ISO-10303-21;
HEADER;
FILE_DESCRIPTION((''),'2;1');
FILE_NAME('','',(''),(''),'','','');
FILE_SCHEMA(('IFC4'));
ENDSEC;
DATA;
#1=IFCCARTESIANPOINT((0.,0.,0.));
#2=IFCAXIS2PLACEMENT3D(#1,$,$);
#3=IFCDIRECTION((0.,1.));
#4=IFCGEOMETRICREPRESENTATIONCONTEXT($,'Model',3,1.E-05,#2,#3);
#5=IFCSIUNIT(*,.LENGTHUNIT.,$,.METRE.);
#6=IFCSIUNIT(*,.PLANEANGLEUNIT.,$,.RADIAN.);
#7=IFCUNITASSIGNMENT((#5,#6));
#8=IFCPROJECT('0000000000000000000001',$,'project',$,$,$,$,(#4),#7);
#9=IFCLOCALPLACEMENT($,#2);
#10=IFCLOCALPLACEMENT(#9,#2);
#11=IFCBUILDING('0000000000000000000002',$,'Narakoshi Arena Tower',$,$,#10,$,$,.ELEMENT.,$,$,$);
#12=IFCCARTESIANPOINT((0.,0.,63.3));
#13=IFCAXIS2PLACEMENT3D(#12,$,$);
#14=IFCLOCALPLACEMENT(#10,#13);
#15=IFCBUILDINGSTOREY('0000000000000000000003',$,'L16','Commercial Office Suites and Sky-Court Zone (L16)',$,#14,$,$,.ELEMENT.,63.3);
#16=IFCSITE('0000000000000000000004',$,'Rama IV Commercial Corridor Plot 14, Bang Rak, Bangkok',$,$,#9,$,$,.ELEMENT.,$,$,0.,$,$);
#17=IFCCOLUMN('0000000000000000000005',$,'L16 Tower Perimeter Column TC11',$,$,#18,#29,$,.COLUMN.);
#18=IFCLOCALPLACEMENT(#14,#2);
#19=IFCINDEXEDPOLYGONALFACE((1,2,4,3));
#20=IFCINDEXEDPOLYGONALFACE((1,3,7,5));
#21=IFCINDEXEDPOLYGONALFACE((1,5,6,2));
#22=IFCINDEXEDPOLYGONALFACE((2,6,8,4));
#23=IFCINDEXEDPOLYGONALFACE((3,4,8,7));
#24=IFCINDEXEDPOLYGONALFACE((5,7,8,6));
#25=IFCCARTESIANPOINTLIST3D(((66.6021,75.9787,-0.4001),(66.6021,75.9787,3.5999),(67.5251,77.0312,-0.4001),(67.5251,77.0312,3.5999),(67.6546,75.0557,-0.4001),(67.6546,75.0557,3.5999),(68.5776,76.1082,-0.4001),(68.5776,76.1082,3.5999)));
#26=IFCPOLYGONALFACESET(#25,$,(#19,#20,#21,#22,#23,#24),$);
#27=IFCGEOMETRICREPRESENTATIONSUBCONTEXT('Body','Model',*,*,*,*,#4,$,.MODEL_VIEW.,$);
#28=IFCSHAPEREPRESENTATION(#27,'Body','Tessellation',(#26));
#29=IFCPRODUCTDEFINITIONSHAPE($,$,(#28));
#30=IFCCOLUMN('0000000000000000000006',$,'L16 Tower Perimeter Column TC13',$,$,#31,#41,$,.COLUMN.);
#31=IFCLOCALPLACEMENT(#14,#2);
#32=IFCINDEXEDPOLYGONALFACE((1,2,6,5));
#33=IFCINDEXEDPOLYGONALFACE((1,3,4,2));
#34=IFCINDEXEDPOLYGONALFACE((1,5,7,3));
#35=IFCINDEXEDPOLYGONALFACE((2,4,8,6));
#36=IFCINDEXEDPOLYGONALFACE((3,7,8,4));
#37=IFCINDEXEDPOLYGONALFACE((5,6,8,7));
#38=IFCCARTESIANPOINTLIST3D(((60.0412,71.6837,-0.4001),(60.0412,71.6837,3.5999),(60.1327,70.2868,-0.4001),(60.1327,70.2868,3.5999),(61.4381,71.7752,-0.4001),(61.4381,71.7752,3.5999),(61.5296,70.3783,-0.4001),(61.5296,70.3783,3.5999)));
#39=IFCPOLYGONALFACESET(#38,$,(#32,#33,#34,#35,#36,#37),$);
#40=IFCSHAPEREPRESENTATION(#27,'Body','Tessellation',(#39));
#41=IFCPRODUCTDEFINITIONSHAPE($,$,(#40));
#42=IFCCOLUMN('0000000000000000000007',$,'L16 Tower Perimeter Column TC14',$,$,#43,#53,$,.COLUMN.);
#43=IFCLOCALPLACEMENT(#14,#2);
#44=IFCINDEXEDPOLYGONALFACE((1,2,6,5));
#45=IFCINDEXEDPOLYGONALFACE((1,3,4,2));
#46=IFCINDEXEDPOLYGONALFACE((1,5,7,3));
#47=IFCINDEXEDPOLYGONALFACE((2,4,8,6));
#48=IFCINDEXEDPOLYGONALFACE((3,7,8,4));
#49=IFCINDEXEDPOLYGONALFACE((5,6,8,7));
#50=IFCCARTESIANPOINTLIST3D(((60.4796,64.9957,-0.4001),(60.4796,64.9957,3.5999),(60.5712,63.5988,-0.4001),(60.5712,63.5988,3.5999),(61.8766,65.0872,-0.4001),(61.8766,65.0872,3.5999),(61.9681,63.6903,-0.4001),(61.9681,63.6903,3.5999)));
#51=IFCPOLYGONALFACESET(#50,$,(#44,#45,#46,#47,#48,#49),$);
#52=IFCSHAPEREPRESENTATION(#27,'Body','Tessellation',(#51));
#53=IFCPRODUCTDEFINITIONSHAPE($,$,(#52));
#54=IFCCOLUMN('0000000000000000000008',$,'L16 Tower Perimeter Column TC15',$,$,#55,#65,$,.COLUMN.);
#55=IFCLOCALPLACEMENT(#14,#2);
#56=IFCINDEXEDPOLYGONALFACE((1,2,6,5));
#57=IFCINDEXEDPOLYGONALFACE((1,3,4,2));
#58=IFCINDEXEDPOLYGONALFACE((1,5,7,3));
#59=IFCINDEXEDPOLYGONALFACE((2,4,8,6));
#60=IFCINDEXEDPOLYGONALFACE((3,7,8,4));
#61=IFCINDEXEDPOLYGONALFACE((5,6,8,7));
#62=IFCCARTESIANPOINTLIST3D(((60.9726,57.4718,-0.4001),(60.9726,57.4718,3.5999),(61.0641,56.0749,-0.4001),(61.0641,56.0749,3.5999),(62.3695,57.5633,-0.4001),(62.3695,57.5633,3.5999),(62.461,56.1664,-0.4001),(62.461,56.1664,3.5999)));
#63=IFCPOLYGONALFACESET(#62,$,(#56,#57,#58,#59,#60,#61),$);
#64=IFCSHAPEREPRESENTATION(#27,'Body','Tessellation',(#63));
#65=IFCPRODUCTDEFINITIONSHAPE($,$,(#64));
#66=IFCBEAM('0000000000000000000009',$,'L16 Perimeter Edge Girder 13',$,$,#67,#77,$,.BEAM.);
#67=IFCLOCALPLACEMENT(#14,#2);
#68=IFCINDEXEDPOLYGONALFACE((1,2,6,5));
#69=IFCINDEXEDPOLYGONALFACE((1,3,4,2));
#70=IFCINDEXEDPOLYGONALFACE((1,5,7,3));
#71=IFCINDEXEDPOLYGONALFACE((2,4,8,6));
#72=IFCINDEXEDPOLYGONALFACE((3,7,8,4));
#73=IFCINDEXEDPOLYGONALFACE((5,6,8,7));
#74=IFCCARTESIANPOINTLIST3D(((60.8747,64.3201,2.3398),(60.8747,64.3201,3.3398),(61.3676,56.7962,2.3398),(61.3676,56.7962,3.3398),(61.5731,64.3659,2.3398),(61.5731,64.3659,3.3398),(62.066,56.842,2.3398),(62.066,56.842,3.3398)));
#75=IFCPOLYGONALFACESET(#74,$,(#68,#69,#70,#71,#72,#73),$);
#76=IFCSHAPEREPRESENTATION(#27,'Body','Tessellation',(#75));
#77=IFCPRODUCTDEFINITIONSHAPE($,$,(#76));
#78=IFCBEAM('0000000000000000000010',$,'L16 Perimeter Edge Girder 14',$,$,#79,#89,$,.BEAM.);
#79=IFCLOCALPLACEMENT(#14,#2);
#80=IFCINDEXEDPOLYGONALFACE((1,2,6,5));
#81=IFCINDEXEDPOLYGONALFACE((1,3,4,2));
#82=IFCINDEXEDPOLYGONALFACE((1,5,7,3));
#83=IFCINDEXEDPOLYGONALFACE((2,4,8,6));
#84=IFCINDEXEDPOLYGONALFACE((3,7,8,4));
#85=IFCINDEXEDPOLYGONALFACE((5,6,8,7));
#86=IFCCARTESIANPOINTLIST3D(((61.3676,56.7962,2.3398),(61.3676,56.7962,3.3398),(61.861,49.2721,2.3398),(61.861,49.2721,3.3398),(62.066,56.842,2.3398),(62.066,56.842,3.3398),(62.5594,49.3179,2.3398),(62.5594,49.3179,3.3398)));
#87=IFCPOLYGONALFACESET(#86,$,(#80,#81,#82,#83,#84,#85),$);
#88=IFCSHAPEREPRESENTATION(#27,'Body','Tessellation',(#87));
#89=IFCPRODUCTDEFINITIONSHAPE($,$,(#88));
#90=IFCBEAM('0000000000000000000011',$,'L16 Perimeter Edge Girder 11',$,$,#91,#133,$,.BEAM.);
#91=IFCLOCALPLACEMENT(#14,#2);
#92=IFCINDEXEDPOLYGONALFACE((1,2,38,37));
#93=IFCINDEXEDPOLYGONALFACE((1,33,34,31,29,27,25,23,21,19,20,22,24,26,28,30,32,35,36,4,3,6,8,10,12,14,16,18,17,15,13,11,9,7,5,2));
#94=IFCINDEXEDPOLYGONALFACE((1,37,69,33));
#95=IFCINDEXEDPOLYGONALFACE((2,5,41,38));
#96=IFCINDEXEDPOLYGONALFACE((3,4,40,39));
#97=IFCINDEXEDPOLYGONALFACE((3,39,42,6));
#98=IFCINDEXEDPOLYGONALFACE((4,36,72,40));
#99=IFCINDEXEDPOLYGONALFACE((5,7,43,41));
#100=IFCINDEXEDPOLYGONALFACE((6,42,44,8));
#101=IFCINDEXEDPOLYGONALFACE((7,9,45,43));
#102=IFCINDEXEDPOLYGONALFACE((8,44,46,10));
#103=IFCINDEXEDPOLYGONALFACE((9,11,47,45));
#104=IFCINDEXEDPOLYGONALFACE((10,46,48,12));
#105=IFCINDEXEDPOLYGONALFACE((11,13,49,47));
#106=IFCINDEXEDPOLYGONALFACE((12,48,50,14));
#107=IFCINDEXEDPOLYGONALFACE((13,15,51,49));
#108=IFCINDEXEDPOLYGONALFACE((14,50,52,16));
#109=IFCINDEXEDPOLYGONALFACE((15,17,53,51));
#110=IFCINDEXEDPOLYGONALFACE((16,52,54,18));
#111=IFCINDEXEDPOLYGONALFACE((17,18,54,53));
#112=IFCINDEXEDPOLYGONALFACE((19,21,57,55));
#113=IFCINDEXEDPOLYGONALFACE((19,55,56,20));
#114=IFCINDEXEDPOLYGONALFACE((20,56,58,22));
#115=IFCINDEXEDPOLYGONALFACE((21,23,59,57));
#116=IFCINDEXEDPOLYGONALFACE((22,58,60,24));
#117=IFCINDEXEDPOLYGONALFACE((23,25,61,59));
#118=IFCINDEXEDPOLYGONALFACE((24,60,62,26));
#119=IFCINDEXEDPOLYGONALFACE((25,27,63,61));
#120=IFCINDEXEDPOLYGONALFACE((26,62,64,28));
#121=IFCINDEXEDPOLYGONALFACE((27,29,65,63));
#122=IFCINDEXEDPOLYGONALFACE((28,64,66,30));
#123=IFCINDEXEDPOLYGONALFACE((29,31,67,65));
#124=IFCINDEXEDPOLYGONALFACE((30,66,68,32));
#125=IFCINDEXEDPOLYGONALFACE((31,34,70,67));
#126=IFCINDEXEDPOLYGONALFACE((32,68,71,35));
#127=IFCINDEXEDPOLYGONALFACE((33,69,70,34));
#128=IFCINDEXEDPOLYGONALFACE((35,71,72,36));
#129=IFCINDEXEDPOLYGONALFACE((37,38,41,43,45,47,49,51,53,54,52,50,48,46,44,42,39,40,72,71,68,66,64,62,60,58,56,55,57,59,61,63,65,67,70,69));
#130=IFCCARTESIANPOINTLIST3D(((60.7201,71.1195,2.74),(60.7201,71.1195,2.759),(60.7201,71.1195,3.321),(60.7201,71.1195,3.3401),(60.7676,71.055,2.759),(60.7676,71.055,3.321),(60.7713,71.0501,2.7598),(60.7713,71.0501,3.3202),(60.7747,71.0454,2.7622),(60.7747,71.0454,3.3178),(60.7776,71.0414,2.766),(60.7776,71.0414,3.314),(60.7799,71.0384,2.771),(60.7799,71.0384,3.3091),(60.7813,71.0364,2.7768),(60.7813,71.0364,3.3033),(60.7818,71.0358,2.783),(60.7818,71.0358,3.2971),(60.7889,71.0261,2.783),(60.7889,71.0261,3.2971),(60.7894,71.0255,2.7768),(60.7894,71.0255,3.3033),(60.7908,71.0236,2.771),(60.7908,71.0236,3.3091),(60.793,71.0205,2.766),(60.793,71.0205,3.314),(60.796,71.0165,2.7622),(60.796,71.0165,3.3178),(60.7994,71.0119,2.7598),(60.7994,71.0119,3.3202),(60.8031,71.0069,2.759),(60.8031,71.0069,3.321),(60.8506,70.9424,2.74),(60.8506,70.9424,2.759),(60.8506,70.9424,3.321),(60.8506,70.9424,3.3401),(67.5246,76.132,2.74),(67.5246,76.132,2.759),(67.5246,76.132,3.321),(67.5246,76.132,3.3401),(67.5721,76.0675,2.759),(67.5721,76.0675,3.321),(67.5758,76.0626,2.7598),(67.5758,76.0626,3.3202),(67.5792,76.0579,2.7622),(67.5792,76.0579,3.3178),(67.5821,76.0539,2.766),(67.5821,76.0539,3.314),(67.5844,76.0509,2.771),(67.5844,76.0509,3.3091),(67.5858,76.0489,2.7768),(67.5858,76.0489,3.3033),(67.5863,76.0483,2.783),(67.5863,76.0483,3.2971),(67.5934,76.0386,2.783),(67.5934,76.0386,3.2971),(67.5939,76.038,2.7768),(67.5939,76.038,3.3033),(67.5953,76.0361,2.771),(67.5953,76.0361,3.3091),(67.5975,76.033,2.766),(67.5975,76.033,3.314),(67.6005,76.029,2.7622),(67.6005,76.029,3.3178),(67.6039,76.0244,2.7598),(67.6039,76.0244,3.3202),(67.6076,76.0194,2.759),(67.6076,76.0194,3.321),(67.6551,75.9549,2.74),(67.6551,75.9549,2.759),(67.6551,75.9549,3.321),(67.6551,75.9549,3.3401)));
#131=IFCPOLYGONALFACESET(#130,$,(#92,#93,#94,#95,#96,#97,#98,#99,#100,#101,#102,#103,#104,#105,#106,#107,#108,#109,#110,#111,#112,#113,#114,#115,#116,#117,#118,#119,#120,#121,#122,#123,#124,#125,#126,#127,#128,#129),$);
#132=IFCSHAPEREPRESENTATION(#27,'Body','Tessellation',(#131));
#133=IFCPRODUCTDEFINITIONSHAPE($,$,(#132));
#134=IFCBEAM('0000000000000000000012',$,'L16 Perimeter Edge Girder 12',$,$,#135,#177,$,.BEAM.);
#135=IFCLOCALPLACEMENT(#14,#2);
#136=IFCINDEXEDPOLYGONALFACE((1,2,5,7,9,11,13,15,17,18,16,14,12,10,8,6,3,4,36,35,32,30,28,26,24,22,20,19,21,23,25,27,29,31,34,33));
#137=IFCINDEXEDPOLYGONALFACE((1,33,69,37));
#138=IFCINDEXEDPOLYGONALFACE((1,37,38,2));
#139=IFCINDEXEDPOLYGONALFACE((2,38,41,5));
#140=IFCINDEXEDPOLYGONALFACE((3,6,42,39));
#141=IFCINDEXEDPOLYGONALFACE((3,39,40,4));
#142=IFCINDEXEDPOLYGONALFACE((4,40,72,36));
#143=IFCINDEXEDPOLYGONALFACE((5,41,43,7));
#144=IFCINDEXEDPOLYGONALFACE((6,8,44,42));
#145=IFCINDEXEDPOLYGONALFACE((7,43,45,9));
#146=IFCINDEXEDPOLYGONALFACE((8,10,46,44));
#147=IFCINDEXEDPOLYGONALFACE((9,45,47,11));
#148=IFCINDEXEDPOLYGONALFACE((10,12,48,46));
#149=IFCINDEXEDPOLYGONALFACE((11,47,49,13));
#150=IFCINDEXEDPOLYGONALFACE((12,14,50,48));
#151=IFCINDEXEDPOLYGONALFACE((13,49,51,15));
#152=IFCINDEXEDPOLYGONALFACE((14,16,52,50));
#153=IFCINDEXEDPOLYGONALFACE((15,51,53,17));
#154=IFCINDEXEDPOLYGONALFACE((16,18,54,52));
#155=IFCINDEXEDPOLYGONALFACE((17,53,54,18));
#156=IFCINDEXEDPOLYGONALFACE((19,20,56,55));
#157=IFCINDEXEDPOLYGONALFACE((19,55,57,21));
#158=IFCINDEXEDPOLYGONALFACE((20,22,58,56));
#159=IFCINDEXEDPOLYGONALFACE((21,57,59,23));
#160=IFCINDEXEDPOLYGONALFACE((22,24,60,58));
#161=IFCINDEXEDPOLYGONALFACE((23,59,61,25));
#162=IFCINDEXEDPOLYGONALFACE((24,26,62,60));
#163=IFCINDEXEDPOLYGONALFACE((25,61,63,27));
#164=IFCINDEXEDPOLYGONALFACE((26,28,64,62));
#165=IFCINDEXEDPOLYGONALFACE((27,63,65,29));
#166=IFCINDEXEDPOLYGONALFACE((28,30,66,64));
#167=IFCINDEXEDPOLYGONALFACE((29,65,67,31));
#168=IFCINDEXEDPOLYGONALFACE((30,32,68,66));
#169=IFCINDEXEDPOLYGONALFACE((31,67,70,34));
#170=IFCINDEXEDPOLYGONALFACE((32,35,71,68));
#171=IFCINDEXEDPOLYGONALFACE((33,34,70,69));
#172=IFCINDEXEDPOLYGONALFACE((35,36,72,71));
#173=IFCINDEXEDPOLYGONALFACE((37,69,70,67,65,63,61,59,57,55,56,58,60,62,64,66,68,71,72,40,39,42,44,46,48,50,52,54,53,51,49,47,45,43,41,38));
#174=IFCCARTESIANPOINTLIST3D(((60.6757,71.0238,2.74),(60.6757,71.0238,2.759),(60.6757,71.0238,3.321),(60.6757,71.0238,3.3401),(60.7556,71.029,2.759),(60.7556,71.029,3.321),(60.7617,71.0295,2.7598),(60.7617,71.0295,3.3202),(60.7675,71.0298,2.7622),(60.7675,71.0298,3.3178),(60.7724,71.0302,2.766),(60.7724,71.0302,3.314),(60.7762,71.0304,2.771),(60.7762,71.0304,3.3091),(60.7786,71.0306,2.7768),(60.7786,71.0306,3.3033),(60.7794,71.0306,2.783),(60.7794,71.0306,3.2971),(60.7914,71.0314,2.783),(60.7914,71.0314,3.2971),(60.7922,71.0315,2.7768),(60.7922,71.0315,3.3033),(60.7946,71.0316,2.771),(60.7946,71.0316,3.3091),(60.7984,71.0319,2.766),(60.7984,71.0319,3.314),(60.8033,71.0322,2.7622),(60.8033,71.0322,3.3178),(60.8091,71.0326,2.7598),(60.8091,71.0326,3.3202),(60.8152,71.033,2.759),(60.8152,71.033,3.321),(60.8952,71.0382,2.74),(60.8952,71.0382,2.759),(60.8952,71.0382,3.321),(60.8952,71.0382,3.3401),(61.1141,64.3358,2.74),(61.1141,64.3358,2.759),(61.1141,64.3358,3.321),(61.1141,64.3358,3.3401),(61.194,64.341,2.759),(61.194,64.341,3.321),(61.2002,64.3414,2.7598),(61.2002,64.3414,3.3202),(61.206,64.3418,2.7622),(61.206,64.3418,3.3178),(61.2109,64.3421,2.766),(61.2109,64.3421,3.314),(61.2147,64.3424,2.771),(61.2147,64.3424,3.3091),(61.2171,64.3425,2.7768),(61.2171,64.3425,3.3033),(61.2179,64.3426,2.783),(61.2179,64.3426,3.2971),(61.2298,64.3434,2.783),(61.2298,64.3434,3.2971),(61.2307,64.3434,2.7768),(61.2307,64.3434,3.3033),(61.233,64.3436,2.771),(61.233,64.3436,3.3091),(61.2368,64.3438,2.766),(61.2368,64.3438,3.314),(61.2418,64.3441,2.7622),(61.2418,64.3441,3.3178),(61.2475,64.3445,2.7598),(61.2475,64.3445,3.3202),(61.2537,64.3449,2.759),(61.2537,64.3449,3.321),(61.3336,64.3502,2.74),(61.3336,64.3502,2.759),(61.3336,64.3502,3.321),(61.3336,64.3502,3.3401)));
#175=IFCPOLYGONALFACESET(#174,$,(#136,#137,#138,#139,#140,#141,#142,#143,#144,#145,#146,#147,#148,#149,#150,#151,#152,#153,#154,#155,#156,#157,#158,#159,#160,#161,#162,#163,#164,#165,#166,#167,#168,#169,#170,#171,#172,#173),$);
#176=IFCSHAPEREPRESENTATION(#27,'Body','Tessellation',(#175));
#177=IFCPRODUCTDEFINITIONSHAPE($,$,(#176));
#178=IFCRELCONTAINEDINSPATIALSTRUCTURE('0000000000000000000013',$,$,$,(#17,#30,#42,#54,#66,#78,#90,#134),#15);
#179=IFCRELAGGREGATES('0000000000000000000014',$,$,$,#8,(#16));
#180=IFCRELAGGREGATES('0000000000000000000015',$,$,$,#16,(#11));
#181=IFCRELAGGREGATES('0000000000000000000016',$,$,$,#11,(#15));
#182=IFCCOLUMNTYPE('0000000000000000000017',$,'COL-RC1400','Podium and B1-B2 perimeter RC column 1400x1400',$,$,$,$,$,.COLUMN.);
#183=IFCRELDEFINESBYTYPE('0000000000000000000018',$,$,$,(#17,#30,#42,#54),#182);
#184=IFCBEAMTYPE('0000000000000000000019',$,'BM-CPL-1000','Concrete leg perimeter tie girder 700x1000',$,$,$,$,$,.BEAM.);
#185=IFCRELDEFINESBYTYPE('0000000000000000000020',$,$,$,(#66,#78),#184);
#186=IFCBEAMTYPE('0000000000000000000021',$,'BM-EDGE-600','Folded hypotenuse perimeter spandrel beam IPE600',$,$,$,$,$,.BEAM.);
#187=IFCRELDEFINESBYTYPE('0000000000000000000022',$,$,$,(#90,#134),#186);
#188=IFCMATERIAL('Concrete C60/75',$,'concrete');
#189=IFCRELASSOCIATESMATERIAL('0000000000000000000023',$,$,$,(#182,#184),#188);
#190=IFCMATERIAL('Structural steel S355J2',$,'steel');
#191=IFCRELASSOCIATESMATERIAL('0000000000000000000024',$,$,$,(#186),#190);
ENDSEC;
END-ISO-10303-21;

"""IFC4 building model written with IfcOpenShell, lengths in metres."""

from ifc_helpers import new_model, si_unit, direction, frame, origin, origin_2d, place, context, subcontext, project, spatial, rectangle, i_section, extrude, material, material_profile, profile_set, type_object, element, save


model = new_model("IFC4")

# Units and contexts
model_context = context("Model", 3, precision=1e-05, world=origin(), true_north=direction((0.0, 1.0)))
body_context = subcontext(model_context, "Body", "Model", "MODEL_VIEW")
ifc_project = project(units=[si_unit("LENGTHUNIT", "METRE"), si_unit("PLANEANGLEUNIT", "RADIAN")], contexts=[model_context])

# Site, building, storey
site_placement = place(None, origin())
site = spatial("IfcSite", under=ifc_project, at=site_placement, Name="Rama IV Commercial Corridor Plot 14, Bang Rak, Bangkok", CompositionType="ELEMENT", RefElevation=0.0)
building_placement = place(site_placement, origin())
building = spatial("IfcBuilding", under=site, at=building_placement, Name="Narakoshi Arena Tower", CompositionType="ELEMENT")
storey_placement = place(building_placement, frame((0.0, 0.0, 63.3)))
storey = spatial("IfcBuildingStorey", under=building, at=storey_placement, Name="L16", Description="Commercial Office Suites and Sky-Court Zone (L16)", CompositionType="ELEMENT", Elevation=63.3)

# Columns
ifc_material_1 = material(Name="Concrete C60/75", Category="concrete")
ifc_material_profile_1 = material_profile(ifc_material_1, rectangle(XDim=1.3999, YDim=1.3999, at=origin_2d()), Name="RC1400x1400")
ifc_profile_set_1 = profile_set([ifc_material_profile_1], Name="Concrete C60/75")
column_type = type_object("IfcColumnType", Name="COL-RC1400", Description="Podium and B1-B2 perimeter RC column 1400x1400", PredefinedType="COLUMN", material=ifc_profile_set_1)
for number, where, z_axis, x_axis, name in (
    (1, (67.5898, 76.0435, -0.4001), (0.0, 0.0, 1.0), (0.659346, 0.75184, 0.0), "L16 Tower Perimeter Column TC11"),
    (2, (60.7854, 71.031, -0.4001), (0.0, 0.0, 1.0), (-0.065403, 0.997859, 0.0), "L16 Tower Perimeter Column TC13"),
    (3, (61.2239, 64.343, -0.4001), (0.0, 0.0, 1.0), (-0.065403, 0.997859, 0.0), "L16 Tower Perimeter Column TC14"),
    (4, (61.7168, 56.8191, -0.4001), (0.0, 0.0, 1.0), (-0.065403, 0.997859, 0.0), "L16 Tower Perimeter Column TC15"),
):
    element("IfcColumn", number, at=place(storey_placement, frame(where, z_axis=z_axis, x_axis=x_axis)), inside=storey, type_object=column_type, Name=name, PredefinedType="COLUMN", context=body_context, shape_type="SweptSolid", body=[
        extrude(rectangle(XDim=1.3999, YDim=1.3999, at=origin_2d()), origin(), (0.0, 0.0, 1.0), 4.0),
    ])

# Beams
ifc_material_profile_2 = material_profile(ifc_material_1, rectangle(XDim=0.7, YDim=1.0, at=origin_2d()), Name="RCB700x1000")
ifc_profile_set_2 = profile_set([ifc_material_profile_2], Name="Concrete C60/75")
beam_type_1 = type_object("IfcBeamType", Name="BM-CPL-1000", Description="Concrete leg perimeter tie girder 700x1000", PredefinedType="BEAM", material=ifc_profile_set_2)
beam_1_placement = place(storey_placement, frame((61.2239, 64.343, 2.8398), z_axis=(0.065374, -0.997861, 0.0), x_axis=(0.997861, 0.065374, 0.0)))
element("IfcBeam", 5, at=beam_1_placement, inside=storey, type_object=beam_type_1, Name="L16 Perimeter Edge Girder 13", PredefinedType="BEAM", context=body_context, shape_type="SweptSolid", body=[
    extrude(rectangle(XDim=0.7, YDim=1.0, at=origin_2d()), origin(), (0.0, 0.0, 1.0), 7.54),
])
beam_2_placement = place(storey_placement, frame((61.7168, 56.8191, 2.8398), z_axis=(0.065436, -0.997857, 0.0), x_axis=(0.997857, 0.065436, 0.0)))
element("IfcBeam", 6, at=beam_2_placement, inside=storey, type_object=beam_type_1, Name="L16 Perimeter Edge Girder 14", PredefinedType="BEAM", context=body_context, shape_type="SweptSolid", body=[
    extrude(rectangle(XDim=0.7, YDim=1.0, at=origin_2d()), origin(), (0.0, 0.0, 1.0), 7.5403),
])
ifc_material_2 = material(Name="Structural steel S355J2", Category="steel")
ifc_material_profile_3 = material_profile(ifc_material_2, i_section(OverallWidth=0.22, OverallDepth=0.6001, WebThickness=0.012, FlangeThickness=0.019, FilletRadius=0.0239, at=origin_2d()), Name="IPE600")
ifc_profile_set_3 = profile_set([ifc_material_profile_3], Name="Structural steel S355J2")
beam_type_2 = type_object("IfcBeamType", Name="BM-EDGE-600", Description="Folded hypotenuse perimeter spandrel beam IPE600", PredefinedType="BEAM", material=ifc_profile_set_3)
beam_3_placement = place(storey_placement, frame((67.5898, 76.0435, 3.04), z_axis=(-0.805132, -0.593096, 0.0), x_axis=(0.593096, -0.805132, 0.0)))
element("IfcBeam", 7, at=beam_3_placement, inside=storey, type_object=beam_type_2, Name="L16 Perimeter Edge Girder 11", PredefinedType="BEAM", context=body_context, shape_type="SweptSolid", body=[
    extrude(i_section(OverallWidth=0.22, OverallDepth=0.6001, WebThickness=0.012, FlangeThickness=0.019, FilletRadius=0.0239, at=origin_2d()), origin(), (0.0, 0.0, 1.0), 8.4514),
])
beam_4_placement = place(storey_placement, frame((60.7854, 71.031, 3.04), z_axis=(0.065421, -0.997858, 0.0), x_axis=(0.997858, 0.065421, 0.0)))
element("IfcBeam", 8, at=beam_4_placement, inside=storey, type_object=beam_type_2, Name="L16 Perimeter Edge Girder 12", PredefinedType="BEAM", context=body_context, shape_type="SweptSolid", body=[
    extrude(i_section(OverallWidth=0.22, OverallDepth=0.6001, WebThickness=0.012, FlangeThickness=0.019, FilletRadius=0.0239, at=origin_2d()), origin(), (0.0, 0.0, 1.0), 6.7024),
])

save(model, "model.ifc")
